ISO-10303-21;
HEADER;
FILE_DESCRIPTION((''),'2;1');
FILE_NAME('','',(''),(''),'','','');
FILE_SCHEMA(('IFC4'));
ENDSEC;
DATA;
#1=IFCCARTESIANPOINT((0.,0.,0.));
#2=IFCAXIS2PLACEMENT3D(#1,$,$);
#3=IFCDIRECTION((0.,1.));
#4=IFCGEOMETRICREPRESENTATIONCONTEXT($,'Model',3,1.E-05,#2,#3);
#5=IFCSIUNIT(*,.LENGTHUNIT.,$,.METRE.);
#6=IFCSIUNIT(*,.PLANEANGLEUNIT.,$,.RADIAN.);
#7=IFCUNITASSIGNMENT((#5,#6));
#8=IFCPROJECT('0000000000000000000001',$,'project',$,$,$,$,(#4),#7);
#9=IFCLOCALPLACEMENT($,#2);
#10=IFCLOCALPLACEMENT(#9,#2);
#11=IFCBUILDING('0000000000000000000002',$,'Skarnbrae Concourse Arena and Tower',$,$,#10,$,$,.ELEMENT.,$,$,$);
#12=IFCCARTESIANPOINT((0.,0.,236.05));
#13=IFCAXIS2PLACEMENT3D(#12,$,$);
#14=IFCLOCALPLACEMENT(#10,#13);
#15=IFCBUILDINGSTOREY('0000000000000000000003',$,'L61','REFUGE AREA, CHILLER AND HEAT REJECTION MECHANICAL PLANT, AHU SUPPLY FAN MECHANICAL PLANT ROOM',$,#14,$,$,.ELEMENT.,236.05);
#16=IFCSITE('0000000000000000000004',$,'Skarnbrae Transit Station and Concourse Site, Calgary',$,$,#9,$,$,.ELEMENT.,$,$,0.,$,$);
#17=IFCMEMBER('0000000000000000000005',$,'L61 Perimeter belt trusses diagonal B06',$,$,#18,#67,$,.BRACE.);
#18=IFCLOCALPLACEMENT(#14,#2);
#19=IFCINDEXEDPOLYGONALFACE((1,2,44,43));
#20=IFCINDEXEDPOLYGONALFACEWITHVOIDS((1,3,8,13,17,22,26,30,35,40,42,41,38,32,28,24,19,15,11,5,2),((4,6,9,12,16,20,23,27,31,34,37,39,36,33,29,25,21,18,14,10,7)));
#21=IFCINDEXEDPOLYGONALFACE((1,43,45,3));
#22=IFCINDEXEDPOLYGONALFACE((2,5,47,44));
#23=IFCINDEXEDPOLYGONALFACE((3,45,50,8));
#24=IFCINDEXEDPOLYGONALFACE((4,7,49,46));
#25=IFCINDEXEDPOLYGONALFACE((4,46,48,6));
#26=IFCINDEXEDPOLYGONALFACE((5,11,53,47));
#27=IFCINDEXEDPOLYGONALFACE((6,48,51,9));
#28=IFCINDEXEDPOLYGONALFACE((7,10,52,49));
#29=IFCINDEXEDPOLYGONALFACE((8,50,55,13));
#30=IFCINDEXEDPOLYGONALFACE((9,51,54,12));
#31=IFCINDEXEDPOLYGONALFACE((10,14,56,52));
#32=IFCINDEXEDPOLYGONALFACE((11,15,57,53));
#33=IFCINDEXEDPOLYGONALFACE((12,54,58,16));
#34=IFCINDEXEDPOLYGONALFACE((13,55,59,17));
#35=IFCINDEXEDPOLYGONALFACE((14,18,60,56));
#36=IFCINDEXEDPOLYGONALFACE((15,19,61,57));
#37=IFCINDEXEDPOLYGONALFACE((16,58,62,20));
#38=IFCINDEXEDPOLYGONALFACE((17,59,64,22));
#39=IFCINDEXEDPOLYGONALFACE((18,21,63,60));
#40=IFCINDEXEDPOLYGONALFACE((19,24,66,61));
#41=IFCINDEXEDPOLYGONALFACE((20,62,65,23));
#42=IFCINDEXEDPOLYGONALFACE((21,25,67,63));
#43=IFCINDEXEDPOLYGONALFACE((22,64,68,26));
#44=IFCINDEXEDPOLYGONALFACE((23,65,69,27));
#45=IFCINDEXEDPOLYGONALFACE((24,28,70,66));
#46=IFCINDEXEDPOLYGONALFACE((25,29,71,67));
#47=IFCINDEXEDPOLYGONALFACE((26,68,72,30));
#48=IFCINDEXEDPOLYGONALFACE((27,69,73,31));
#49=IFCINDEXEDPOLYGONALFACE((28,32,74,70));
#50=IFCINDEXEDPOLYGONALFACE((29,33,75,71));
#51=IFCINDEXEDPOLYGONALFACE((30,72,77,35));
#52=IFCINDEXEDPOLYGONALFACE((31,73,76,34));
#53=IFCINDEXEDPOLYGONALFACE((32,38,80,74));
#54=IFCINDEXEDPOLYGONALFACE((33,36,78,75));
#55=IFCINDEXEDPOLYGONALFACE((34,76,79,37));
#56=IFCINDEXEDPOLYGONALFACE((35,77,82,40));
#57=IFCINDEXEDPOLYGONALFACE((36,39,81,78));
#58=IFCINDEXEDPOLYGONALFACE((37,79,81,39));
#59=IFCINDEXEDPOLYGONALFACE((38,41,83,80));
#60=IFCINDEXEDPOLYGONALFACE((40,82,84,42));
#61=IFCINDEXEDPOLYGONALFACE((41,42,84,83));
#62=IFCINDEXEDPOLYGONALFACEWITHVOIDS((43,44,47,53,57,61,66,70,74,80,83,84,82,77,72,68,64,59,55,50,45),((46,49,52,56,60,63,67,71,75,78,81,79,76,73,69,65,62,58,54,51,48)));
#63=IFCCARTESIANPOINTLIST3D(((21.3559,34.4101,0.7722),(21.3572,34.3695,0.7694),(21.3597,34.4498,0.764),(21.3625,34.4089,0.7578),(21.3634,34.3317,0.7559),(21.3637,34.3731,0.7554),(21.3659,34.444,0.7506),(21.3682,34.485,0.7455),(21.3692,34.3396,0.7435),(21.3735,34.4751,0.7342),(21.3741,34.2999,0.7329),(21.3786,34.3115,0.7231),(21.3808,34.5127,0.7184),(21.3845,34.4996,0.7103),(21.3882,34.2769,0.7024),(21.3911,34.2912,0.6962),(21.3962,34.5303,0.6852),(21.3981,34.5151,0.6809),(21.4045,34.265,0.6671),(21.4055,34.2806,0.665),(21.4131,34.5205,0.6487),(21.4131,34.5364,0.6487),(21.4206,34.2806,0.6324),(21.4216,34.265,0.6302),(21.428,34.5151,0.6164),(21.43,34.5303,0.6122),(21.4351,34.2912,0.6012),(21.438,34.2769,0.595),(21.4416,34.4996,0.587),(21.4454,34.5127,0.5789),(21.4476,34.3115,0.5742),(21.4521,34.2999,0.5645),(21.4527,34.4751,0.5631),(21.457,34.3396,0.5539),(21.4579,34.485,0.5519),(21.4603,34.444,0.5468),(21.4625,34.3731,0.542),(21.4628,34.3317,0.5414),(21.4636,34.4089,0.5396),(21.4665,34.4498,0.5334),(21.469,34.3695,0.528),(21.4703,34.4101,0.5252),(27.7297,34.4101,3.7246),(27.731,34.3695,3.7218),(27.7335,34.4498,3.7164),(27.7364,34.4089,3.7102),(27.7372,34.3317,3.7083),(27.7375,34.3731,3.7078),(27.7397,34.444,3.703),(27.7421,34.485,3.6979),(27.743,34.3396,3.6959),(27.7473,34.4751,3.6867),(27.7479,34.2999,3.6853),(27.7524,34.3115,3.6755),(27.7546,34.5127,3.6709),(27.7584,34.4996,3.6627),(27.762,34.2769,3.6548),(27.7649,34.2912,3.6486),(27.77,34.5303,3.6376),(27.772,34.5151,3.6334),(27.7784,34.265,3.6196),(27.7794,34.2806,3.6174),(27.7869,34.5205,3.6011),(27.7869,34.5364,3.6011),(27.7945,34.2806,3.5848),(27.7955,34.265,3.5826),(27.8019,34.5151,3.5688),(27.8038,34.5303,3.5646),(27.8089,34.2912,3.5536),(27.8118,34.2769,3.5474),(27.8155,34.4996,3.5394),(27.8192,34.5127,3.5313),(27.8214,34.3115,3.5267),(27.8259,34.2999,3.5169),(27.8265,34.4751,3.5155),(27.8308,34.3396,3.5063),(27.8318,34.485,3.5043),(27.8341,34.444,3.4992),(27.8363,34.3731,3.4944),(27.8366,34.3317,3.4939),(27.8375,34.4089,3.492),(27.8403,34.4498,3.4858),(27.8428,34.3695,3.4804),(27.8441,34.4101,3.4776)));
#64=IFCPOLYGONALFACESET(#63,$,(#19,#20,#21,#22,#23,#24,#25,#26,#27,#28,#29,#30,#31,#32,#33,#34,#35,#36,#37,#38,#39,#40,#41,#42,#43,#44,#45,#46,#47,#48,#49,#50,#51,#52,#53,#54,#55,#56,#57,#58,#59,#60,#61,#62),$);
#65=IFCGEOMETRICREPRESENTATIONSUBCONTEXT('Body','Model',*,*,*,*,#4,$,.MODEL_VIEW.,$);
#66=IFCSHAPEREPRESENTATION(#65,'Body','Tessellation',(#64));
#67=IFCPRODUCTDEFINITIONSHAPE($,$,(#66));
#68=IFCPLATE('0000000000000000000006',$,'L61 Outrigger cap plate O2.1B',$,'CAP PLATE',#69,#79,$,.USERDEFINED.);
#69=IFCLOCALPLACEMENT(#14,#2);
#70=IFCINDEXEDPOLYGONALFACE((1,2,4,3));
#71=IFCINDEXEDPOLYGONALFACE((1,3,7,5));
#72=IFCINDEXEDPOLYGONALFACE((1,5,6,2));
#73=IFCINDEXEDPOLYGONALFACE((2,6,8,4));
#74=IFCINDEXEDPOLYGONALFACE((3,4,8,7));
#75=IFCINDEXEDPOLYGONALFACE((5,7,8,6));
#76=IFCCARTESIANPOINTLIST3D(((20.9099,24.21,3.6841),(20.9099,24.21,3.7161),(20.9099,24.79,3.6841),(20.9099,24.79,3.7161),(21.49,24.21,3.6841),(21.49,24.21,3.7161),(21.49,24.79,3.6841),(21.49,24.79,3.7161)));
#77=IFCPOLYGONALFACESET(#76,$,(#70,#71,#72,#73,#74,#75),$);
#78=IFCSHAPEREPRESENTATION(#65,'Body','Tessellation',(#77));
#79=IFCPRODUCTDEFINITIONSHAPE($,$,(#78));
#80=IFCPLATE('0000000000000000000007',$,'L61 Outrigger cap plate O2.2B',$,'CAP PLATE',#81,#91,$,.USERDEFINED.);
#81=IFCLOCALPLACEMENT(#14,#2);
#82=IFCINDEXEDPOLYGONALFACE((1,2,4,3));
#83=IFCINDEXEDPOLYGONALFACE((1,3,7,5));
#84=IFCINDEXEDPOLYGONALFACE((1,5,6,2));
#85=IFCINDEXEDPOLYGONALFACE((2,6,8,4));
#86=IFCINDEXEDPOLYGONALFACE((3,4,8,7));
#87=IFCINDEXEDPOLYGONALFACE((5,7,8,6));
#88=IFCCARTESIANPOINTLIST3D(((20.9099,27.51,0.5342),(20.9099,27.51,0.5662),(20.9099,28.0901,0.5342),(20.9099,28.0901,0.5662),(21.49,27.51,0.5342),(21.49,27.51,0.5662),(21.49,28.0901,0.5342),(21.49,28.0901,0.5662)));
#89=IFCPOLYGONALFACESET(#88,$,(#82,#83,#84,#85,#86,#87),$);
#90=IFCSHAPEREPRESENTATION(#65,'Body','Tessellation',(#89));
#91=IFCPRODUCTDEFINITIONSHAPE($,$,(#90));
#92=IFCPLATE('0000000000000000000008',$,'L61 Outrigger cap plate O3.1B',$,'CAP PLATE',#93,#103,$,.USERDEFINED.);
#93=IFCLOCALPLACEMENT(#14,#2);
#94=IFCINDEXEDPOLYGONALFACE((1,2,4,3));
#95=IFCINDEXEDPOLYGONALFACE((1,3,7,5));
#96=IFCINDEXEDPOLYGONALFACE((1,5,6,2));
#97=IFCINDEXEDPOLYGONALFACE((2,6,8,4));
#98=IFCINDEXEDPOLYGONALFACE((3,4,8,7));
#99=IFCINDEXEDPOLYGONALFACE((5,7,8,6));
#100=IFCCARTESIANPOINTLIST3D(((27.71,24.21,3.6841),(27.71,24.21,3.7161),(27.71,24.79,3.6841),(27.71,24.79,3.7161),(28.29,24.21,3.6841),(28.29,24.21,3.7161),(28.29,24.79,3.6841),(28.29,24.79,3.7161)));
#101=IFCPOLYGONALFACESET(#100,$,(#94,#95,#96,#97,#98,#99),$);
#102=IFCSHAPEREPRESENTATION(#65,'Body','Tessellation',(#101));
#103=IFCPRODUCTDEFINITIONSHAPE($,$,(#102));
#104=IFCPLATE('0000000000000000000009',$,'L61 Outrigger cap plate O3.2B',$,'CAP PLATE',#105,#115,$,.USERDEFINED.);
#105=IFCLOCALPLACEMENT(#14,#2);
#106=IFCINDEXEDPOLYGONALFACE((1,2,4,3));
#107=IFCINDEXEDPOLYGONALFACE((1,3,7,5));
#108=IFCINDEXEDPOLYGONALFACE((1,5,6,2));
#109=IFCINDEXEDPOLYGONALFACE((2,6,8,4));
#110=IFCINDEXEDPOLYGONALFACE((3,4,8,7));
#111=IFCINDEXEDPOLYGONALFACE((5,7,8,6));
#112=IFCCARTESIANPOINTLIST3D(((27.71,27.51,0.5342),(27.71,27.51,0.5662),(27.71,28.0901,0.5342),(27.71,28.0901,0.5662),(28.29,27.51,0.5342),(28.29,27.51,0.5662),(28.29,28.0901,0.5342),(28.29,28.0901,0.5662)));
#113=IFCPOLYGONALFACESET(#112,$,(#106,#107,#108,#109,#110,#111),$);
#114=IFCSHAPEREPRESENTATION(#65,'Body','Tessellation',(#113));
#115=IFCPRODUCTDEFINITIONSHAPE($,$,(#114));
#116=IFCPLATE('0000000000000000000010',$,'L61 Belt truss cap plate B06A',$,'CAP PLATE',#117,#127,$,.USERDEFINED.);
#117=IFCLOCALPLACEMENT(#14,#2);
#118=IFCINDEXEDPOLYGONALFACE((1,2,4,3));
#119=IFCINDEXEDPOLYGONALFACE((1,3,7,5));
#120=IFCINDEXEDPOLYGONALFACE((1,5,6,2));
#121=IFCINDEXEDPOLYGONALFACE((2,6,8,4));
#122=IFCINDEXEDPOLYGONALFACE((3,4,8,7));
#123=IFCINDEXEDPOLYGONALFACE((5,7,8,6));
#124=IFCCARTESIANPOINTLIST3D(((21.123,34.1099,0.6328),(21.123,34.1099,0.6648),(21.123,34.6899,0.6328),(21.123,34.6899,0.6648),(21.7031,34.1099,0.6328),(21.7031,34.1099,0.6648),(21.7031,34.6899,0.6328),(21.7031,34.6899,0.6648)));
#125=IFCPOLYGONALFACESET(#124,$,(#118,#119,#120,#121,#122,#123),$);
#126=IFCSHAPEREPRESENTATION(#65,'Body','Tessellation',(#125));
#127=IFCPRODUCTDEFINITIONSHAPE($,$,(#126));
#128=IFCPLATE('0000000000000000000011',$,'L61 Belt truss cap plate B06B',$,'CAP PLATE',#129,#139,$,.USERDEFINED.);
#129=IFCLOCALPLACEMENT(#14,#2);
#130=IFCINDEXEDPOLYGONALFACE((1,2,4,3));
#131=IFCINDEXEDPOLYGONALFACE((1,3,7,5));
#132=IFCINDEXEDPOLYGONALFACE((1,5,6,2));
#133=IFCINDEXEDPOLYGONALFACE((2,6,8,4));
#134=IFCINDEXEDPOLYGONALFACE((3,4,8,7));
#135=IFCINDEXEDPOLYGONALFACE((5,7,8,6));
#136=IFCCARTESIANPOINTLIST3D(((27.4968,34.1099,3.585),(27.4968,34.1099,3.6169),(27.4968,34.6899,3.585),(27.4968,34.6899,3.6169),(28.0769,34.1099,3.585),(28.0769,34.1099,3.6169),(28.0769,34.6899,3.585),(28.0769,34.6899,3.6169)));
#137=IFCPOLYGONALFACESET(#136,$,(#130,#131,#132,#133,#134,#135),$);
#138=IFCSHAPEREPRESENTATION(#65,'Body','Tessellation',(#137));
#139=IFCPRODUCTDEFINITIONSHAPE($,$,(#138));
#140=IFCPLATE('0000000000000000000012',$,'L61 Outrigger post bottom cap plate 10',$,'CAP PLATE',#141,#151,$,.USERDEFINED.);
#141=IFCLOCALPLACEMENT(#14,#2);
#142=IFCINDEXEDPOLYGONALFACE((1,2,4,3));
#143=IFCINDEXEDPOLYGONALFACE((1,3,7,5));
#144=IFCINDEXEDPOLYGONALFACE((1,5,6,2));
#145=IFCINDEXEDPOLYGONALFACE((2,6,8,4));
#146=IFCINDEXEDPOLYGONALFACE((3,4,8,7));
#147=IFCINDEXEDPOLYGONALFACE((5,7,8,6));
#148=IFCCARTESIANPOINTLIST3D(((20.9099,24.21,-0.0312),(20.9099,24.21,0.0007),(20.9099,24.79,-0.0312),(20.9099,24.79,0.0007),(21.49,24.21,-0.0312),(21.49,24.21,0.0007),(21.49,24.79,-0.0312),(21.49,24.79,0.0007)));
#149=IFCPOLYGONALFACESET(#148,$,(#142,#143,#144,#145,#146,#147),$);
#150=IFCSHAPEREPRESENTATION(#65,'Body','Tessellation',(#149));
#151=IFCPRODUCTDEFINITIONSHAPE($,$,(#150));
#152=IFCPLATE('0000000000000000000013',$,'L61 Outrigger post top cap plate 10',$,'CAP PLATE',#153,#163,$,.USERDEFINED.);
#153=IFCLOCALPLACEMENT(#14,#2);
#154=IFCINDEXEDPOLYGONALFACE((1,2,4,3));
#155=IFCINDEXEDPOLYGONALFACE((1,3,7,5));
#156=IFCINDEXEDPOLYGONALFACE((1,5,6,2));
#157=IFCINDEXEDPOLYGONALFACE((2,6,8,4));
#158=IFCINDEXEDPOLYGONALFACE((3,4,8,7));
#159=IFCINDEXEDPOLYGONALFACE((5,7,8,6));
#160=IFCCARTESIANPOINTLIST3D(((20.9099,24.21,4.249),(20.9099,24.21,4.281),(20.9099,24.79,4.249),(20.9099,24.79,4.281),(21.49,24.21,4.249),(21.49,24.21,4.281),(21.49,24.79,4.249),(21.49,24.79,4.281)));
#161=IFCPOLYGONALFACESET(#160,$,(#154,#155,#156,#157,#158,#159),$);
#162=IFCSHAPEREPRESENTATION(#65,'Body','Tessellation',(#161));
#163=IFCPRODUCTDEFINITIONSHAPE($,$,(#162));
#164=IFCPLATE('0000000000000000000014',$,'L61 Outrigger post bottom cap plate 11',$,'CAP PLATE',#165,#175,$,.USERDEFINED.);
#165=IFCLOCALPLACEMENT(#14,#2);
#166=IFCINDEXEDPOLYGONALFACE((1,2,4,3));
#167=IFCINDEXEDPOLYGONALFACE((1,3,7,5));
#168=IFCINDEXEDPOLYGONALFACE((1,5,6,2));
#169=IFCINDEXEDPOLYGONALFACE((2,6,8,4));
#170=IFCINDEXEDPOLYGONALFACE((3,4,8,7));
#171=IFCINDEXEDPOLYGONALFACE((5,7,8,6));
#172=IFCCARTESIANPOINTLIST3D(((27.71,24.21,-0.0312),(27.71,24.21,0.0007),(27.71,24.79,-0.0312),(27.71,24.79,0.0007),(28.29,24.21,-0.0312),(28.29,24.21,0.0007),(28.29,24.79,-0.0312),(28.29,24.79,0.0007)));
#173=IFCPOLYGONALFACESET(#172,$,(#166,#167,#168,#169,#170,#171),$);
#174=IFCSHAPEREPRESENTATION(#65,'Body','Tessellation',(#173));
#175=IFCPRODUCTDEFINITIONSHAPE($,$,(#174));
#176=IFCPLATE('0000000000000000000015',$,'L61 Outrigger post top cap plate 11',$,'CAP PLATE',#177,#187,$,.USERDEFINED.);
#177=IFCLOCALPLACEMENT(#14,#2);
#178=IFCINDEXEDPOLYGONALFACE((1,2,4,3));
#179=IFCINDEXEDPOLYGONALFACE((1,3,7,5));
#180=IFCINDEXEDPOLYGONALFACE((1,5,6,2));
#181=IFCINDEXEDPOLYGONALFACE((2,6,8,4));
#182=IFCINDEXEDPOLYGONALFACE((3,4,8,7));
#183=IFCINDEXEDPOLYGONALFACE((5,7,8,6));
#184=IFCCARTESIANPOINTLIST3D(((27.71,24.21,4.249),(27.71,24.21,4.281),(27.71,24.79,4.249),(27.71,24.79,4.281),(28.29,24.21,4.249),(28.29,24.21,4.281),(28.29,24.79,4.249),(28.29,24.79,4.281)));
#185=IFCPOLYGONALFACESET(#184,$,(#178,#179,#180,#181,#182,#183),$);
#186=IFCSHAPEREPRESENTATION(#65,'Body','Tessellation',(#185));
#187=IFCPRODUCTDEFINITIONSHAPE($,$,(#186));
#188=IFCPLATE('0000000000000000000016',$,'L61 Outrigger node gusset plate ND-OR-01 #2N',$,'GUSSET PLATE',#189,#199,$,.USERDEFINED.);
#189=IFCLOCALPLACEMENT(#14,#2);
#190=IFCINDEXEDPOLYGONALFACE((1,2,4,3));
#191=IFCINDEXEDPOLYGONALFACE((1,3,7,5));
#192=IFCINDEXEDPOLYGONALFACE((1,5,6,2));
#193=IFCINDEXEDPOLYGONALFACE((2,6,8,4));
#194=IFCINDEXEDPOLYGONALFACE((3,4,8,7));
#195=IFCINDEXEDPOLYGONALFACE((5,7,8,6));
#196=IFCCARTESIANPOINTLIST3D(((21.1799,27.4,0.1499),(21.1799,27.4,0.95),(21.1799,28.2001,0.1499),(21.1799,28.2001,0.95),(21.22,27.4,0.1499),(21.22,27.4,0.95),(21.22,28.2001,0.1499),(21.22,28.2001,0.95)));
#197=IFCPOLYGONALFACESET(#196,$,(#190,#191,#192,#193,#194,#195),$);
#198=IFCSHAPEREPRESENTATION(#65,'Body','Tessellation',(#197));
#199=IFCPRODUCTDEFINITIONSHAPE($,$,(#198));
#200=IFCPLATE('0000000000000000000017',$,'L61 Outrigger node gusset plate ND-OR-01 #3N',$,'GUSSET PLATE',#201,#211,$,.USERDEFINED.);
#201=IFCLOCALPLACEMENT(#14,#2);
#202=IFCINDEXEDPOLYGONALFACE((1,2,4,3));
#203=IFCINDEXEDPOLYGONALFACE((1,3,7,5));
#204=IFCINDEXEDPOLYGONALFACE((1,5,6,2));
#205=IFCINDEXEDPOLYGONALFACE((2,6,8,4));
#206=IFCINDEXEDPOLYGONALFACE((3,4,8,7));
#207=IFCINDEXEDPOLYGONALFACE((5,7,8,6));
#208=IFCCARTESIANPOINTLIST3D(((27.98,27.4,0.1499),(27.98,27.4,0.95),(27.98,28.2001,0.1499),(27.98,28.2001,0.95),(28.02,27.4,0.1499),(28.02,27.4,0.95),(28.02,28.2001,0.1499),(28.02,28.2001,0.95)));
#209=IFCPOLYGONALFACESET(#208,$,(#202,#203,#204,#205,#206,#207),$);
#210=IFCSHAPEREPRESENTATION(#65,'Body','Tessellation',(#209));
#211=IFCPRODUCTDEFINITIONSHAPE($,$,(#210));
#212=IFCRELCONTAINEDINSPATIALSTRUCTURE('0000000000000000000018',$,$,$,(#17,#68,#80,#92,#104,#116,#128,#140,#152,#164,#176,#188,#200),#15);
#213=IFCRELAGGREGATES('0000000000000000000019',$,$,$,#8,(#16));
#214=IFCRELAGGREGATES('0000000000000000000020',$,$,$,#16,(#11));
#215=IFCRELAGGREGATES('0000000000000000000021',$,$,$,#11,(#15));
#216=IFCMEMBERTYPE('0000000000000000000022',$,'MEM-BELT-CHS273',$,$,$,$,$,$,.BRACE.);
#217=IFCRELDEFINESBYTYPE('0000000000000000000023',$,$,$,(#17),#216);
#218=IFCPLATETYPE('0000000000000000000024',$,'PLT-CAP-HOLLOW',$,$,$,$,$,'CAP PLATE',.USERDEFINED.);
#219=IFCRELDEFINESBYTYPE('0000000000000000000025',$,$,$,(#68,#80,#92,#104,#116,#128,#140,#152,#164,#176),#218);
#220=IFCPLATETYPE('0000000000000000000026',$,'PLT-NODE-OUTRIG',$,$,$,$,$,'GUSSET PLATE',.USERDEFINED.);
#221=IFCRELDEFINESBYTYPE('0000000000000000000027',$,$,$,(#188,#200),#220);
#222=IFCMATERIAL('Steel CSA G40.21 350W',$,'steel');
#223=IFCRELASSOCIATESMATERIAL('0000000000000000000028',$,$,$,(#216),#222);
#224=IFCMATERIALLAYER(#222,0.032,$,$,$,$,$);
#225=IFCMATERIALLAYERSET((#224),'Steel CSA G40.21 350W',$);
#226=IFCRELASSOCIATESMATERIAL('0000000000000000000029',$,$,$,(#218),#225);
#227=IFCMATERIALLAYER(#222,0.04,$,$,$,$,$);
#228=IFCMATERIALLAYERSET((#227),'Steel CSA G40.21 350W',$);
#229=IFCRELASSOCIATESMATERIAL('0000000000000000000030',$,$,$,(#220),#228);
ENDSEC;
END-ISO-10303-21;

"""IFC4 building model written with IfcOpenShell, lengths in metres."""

from ifc_helpers import new_model, si_unit, direction, frame, origin, origin_2d, place, context, subcontext, project, spatial, rectangle, hollow_circle, extrude, source, transform, mapped, material, layer, layer_set, material_profile, profile_set, type_object, element, save


model = new_model("IFC4")

# Units and contexts
model_context = context("Model", 3, precision=1e-05, world=origin(), true_north=direction((0.0, 1.0)))
body_context = subcontext(model_context, "Body", "Model", "MODEL_VIEW")
ifc_project = project(units=[si_unit("LENGTHUNIT", "METRE"), si_unit("PLANEANGLEUNIT", "RADIAN")], contexts=[model_context])

# Site, building, storey
site_placement = place(None, origin())
site = spatial("IfcSite", under=ifc_project, at=site_placement, Name="Skarnbrae Transit Station and Concourse Site, Calgary", CompositionType="ELEMENT", RefElevation=0.0)
building_placement = place(site_placement, origin())
building = spatial("IfcBuilding", under=site, at=building_placement, Name="Skarnbrae Concourse Arena and Tower", CompositionType="ELEMENT")
storey_placement = place(building_placement, frame((0.0, 0.0, 236.05)))
storey = spatial("IfcBuildingStorey", under=building, at=storey_placement, Name="L61", Description="REFUGE AREA, CHILLER AND HEAT REJECTION MECHANICAL PLANT, AHU SUPPLY FAN MECHANICAL PLANT ROOM", CompositionType="ELEMENT", Elevation=236.05)

# Shared definitions
ifc_material_1 = material(Name="Steel CSA G40.21 350W", Category="steel")

# Member
ifc_material_profile_1 = material_profile(ifc_material_1, hollow_circle(Radius=0.1365, WallThickness=0.0159, at=origin_2d()), Name="HSS273X15.9")
ifc_profile_set_1 = profile_set([ifc_material_profile_1], Name="Steel CSA G40.21 350W")
member_type_1 = type_object("IfcMemberType", Name="MEM-BELT-CHS273", PredefinedType="BRACE", material=ifc_profile_set_1)
shared_shape_1 = source(origin(), body_context, "Body", "SweptSolid", [
    extrude(hollow_circle(Radius=0.1365, WallThickness=0.0159, at=origin_2d()), origin(), (0.0, 0.0, 1.0), 7.0244),
])
member_placement = place(storey_placement, frame((21.4131, 34.3999, 0.6487), z_axis=(0.907382, 0.0, 0.420307), x_axis=(0.0, 1.0, 0.0)))
element("IfcMember", 1, at=member_placement, inside=storey, type_object=member_type_1, Name="L61 Perimeter belt trusses diagonal B06", PredefinedType="BRACE", context=body_context, shape_type="MappedRepresentation", body=[
    mapped(shared_shape_1, transform((0.0, 0.0, 0.0))),
])

# Plates
ifc_layer_1 = layer(ifc_material_1, 0.032)
ifc_layer_set_1 = layer_set([ifc_layer_1], Name="Steel CSA G40.21 350W")
plate_type_1 = type_object("IfcPlateType", Name="PLT-CAP-HOLLOW", ElementType="CAP PLATE", PredefinedType="USERDEFINED", material=ifc_layer_set_1)
shared_shape_2 = source(origin(), body_context, "Body", "SweptSolid", [
    extrude(rectangle(XDim=0.5801, YDim=0.5801, at=origin_2d()), origin(), (0.0, 0.0, 1.0), 0.032),
])
for number, where, z_axis, x_axis, name in (
    (2, (21.2, 24.5, 3.6841), (0.0, 0.0, 1.0), (1.0, 0.0, 0.0), "L61 Outrigger cap plate O2.1B"),
    (3, (21.2, 27.8, 0.5342), (0.0, 0.0, 1.0), (1.0, 0.0, 0.0), "L61 Outrigger cap plate O2.2B"),
    (4, (28.0, 24.5, 3.6841), (0.0, 0.0, 1.0), (1.0, 0.0, 0.0), "L61 Outrigger cap plate O3.1B"),
    (5, (28.0, 27.8, 0.5342), (0.0, 0.0, 1.0), (1.0, 0.0, 0.0), "L61 Outrigger cap plate O3.2B"),
    (6, (21.4131, 34.3999, 0.6328), (0.0, 0.0, 1.0), (1.0, 0.0, 0.0), "L61 Belt truss cap plate B06A"),
    (7, (27.7869, 34.3999, 3.585), (0.0, 0.0, 1.0), (1.0, 0.0, 0.0), "L61 Belt truss cap plate B06B"),
    (8, (21.2, 24.5, -0.0312), (0.0, 0.0, 1.0), (1.0, 0.0, 0.0), "L61 Outrigger post bottom cap plate 10"),
    (9, (21.2, 24.5, 4.249), (0.0, 0.0, 1.0), (1.0, 0.0, 0.0), "L61 Outrigger post top cap plate 10"),
    (10, (28.0, 24.5, -0.0312), (0.0, 0.0, 1.0), (1.0, 0.0, 0.0), "L61 Outrigger post bottom cap plate 11"),
    (11, (28.0, 24.5, 4.249), (0.0, 0.0, 1.0), (1.0, 0.0, 0.0), "L61 Outrigger post top cap plate 11"),
):
    element("IfcPlate", number, at=place(storey_placement, frame(where, z_axis=z_axis, x_axis=x_axis)), inside=storey, type_object=plate_type_1, Name=name, ObjectType="CAP PLATE", PredefinedType="USERDEFINED", context=body_context, shape_type="MappedRepresentation", body=[
        mapped(shared_shape_2, transform((0.0, 0.0, 0.0))),
    ])
ifc_layer_2 = layer(ifc_material_1, 0.04)
ifc_layer_set_2 = layer_set([ifc_layer_2], Name="Steel CSA G40.21 350W")
plate_type_2 = type_object("IfcPlateType", Name="PLT-NODE-OUTRIG", ElementType="GUSSET PLATE", PredefinedType="USERDEFINED", material=ifc_layer_set_2)
shared_shape_3 = source(origin(), body_context, "Body", "SweptSolid", [
    extrude(rectangle(XDim=0.8, YDim=0.04, at=origin_2d()), origin(), (0.0, 0.0, 1.0), 0.8),
])
for number, where, z_axis, x_axis, name in (
    (12, (21.2, 27.8, 0.1499), (0.0, 0.0, 1.0), (0.0, 1.0, 0.0), "L61 Outrigger node gusset plate ND-OR-01 #2N"),
    (13, (28.0, 27.8, 0.1499), (0.0, 0.0, 1.0), (0.0, 1.0, 0.0), "L61 Outrigger node gusset plate ND-OR-01 #3N"),
):
    element("IfcPlate", number, at=place(storey_placement, frame(where, z_axis=z_axis, x_axis=x_axis)), inside=storey, type_object=plate_type_2, Name=name, ObjectType="GUSSET PLATE", PredefinedType="USERDEFINED", context=body_context, shape_type="MappedRepresentation", body=[
        mapped(shared_shape_3, transform((0.0, 0.0, 0.0))),
    ])

save(model, "model.ifc")
